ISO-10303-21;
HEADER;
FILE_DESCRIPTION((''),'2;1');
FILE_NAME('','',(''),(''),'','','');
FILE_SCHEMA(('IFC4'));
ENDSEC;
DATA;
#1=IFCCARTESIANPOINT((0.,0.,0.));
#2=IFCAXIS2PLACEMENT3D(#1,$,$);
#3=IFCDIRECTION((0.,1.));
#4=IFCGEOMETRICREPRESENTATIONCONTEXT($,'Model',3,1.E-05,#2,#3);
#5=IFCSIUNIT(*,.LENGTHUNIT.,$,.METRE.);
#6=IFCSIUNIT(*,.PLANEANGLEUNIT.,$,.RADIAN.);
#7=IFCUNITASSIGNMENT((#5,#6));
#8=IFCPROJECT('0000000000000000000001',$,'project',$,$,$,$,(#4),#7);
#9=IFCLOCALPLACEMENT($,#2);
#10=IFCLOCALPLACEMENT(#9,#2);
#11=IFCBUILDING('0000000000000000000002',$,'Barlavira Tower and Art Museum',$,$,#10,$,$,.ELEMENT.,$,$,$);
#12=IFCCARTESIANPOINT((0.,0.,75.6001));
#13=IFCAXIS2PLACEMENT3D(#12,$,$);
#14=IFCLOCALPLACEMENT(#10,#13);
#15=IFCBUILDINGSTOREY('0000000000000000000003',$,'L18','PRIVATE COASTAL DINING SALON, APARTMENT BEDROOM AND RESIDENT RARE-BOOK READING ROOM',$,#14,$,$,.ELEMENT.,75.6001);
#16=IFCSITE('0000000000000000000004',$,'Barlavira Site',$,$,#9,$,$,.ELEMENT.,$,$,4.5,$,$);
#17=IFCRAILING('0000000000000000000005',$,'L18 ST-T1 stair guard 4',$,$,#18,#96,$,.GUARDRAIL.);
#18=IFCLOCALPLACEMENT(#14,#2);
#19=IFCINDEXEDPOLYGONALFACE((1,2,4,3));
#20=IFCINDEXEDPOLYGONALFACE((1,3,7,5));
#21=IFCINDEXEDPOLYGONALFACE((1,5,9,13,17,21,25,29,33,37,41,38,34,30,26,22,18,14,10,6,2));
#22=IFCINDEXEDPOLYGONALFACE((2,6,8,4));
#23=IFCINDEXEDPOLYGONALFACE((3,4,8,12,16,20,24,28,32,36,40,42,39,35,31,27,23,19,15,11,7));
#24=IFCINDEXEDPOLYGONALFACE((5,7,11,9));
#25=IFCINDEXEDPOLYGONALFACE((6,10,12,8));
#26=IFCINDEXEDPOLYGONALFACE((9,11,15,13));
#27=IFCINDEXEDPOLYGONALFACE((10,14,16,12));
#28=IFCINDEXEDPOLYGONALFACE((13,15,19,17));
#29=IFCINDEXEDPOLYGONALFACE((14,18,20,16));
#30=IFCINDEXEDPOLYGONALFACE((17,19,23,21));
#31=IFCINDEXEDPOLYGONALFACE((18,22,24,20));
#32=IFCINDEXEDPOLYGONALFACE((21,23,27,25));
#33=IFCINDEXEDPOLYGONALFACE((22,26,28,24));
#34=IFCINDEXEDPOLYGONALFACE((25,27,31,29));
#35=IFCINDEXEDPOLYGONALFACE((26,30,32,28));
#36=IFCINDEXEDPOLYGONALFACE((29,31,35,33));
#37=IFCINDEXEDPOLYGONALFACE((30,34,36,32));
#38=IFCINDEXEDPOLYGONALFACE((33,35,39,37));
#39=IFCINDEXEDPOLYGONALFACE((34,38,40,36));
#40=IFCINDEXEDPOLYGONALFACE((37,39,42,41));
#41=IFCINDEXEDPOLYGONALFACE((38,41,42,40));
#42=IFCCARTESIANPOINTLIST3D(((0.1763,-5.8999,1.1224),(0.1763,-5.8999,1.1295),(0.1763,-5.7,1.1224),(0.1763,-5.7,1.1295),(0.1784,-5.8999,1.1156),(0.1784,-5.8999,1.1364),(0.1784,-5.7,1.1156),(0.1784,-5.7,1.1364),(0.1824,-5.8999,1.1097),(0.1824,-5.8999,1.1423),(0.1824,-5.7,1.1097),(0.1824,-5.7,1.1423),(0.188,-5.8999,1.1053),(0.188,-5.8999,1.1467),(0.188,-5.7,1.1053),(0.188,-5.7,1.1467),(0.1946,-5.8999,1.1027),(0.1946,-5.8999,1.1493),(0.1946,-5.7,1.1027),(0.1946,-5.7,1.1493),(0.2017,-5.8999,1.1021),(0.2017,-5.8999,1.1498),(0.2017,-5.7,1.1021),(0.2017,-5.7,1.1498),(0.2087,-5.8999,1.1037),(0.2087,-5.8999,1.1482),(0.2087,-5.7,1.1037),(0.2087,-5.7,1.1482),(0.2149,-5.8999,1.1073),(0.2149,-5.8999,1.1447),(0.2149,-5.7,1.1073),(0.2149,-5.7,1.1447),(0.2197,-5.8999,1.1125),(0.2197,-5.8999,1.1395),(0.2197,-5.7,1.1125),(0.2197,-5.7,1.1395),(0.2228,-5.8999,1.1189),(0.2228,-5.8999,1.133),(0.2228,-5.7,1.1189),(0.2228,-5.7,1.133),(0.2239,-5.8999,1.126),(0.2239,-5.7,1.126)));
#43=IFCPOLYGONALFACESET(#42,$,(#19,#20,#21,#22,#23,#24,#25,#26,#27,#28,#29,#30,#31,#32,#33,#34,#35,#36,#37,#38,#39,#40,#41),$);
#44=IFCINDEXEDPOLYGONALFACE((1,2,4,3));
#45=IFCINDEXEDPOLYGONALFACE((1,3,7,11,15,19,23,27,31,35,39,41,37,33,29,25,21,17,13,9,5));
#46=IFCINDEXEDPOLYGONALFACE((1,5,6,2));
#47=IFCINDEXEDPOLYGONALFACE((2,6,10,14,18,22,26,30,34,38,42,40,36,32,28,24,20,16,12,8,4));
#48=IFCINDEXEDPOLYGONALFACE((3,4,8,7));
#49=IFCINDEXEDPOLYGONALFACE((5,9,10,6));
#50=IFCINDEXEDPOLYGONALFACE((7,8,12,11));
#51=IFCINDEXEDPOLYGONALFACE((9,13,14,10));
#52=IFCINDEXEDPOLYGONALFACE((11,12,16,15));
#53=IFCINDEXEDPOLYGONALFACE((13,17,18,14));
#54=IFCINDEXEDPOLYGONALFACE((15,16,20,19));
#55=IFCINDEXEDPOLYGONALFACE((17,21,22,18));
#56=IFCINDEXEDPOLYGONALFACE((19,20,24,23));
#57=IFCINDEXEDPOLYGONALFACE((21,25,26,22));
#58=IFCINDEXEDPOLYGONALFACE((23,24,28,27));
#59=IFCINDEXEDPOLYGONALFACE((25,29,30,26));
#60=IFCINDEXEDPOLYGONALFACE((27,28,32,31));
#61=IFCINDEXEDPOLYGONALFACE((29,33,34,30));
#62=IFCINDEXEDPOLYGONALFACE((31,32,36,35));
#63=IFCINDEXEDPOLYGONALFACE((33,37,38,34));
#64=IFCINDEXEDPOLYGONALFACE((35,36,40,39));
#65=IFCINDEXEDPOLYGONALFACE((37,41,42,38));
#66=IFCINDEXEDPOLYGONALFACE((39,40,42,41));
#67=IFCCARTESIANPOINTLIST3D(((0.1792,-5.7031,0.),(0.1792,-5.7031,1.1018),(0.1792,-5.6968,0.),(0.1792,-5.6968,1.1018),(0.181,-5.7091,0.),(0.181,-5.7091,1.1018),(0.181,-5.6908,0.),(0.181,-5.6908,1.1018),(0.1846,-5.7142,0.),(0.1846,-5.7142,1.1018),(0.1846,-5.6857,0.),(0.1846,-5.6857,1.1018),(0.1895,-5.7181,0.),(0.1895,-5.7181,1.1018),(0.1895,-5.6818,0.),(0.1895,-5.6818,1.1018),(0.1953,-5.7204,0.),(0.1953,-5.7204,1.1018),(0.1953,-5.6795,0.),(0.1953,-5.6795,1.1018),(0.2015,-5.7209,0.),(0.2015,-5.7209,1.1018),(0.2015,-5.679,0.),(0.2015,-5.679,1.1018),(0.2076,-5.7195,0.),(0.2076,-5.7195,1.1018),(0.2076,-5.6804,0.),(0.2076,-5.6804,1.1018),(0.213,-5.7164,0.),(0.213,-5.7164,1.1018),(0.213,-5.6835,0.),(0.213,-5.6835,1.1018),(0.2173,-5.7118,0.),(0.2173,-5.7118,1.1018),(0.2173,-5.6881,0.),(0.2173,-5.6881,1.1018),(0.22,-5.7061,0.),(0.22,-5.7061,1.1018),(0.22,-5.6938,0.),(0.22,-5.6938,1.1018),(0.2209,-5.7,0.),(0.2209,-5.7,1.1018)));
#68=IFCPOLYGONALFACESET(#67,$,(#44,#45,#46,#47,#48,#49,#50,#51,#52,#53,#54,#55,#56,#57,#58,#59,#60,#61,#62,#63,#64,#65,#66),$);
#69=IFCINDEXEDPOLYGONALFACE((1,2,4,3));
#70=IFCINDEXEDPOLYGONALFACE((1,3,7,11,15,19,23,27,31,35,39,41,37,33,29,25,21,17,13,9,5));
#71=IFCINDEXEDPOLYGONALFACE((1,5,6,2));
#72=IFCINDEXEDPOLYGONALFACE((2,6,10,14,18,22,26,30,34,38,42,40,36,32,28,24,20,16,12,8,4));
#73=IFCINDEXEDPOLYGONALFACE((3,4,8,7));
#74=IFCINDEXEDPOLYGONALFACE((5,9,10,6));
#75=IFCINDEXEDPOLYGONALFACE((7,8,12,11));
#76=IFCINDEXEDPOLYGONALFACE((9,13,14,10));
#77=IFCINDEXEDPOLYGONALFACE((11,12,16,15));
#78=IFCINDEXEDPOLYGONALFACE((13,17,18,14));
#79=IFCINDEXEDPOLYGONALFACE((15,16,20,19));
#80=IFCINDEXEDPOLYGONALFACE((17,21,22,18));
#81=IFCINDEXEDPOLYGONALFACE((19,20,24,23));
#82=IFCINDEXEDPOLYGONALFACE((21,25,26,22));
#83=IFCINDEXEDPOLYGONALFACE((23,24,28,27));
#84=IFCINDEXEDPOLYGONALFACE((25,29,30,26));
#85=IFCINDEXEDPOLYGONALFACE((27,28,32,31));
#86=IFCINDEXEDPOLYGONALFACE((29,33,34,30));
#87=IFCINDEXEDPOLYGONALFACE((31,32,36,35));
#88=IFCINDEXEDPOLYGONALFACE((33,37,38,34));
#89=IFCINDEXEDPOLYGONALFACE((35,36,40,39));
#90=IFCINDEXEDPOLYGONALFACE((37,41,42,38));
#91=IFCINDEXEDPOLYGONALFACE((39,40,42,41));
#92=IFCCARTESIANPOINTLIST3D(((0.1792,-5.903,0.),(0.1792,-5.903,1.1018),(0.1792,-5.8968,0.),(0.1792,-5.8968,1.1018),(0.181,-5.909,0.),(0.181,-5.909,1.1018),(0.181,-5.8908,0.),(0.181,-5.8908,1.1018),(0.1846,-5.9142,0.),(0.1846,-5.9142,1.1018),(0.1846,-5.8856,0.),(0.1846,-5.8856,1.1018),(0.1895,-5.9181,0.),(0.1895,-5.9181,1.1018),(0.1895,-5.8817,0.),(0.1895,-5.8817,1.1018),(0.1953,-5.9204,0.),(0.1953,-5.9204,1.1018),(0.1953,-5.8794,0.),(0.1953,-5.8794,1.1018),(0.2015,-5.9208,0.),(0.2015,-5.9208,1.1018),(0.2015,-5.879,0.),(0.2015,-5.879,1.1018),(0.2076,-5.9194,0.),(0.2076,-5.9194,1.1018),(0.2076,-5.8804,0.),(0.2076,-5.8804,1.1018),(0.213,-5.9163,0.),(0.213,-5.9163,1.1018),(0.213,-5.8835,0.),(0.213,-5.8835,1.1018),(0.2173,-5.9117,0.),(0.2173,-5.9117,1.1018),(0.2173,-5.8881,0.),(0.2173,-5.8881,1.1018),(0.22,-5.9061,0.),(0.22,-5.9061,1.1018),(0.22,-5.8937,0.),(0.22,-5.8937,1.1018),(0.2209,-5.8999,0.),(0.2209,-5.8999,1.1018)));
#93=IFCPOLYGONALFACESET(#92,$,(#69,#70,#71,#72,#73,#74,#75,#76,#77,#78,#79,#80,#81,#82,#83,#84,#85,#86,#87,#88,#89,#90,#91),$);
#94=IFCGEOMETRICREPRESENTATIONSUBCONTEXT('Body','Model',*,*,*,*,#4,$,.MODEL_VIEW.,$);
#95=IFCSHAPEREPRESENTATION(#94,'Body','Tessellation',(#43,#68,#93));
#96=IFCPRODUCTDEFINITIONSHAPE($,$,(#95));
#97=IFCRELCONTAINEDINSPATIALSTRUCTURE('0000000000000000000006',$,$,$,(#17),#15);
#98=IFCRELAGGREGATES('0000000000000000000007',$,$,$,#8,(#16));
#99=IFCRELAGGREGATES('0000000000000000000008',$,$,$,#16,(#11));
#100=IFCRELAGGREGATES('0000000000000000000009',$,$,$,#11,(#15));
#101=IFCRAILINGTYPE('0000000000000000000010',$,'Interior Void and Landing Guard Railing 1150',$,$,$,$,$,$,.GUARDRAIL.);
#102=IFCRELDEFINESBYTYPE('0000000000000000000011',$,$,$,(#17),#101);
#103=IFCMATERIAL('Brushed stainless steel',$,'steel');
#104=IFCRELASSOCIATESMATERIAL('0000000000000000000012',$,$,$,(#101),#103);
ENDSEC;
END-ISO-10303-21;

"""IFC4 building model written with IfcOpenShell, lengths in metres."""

from ifc_helpers import new_model, si_unit, direction, frame, origin, origin_2d, place, context, subcontext, project, spatial, circle, extrude, material, type_object, element, save


model = new_model("IFC4")

# Units and contexts
model_context = context("Model", 3, precision=1e-05, world=origin(), true_north=direction((0.0, 1.0)))
body_context = subcontext(model_context, "Body", "Model", "MODEL_VIEW")
ifc_project = project(units=[si_unit("LENGTHUNIT", "METRE"), si_unit("PLANEANGLEUNIT", "RADIAN")], contexts=[model_context])

# Site, building, storey
site_placement = place(None, origin())
site = spatial("IfcSite", under=ifc_project, at=site_placement, Name="Barlavira Site", CompositionType="ELEMENT", RefElevation=4.5)
building_placement = place(site_placement, origin())
building = spatial("IfcBuilding", under=site, at=building_placement, Name="Barlavira Tower and Art Museum", CompositionType="ELEMENT")
storey_placement = place(building_placement, frame((0.0, 0.0, 75.6001)))
storey = spatial("IfcBuildingStorey", under=building, at=storey_placement, Name="L18", Description="PRIVATE COASTAL DINING SALON, APARTMENT BEDROOM AND RESIDENT RARE-BOOK READING ROOM", CompositionType="ELEMENT", Elevation=75.6001)

# Shared definitions
ifc_material_1 = material(Name="Brushed stainless steel", Category="steel")

# Railing
railing_type_1 = type_object("IfcRailingType", Name="Interior Void and Landing Guard Railing 1150", PredefinedType="GUARDRAIL", material=ifc_material_1)
railing_1_placement = place(storey_placement, frame((0.2, -5.7, 0.0)))
element("IfcRailing", 1, at=railing_1_placement, inside=storey, type_object=railing_type_1, Name="L18 ST-T1 stair guard 4", PredefinedType="GUARDRAIL", context=body_context, shape_type="SweptSolid", body=[
    extrude(circle(Radius=0.0239, at=origin_2d()), frame((0.0, 0.0, 1.126), z_axis=(0.0, -1.0, 0.0), x_axis=(1.0, 0.0, 0.0)), (0.0, 0.0, 1.0), 0.2),
    extrude(circle(Radius=0.021, at=origin_2d()), origin(), (0.0, 0.0, 1.0), 1.1018),
    extrude(circle(Radius=0.021, at=origin_2d()), frame((0.0, -0.2, 0.0)), (0.0, 0.0, 1.0), 1.1018),
])

save(model, "model.ifc")
